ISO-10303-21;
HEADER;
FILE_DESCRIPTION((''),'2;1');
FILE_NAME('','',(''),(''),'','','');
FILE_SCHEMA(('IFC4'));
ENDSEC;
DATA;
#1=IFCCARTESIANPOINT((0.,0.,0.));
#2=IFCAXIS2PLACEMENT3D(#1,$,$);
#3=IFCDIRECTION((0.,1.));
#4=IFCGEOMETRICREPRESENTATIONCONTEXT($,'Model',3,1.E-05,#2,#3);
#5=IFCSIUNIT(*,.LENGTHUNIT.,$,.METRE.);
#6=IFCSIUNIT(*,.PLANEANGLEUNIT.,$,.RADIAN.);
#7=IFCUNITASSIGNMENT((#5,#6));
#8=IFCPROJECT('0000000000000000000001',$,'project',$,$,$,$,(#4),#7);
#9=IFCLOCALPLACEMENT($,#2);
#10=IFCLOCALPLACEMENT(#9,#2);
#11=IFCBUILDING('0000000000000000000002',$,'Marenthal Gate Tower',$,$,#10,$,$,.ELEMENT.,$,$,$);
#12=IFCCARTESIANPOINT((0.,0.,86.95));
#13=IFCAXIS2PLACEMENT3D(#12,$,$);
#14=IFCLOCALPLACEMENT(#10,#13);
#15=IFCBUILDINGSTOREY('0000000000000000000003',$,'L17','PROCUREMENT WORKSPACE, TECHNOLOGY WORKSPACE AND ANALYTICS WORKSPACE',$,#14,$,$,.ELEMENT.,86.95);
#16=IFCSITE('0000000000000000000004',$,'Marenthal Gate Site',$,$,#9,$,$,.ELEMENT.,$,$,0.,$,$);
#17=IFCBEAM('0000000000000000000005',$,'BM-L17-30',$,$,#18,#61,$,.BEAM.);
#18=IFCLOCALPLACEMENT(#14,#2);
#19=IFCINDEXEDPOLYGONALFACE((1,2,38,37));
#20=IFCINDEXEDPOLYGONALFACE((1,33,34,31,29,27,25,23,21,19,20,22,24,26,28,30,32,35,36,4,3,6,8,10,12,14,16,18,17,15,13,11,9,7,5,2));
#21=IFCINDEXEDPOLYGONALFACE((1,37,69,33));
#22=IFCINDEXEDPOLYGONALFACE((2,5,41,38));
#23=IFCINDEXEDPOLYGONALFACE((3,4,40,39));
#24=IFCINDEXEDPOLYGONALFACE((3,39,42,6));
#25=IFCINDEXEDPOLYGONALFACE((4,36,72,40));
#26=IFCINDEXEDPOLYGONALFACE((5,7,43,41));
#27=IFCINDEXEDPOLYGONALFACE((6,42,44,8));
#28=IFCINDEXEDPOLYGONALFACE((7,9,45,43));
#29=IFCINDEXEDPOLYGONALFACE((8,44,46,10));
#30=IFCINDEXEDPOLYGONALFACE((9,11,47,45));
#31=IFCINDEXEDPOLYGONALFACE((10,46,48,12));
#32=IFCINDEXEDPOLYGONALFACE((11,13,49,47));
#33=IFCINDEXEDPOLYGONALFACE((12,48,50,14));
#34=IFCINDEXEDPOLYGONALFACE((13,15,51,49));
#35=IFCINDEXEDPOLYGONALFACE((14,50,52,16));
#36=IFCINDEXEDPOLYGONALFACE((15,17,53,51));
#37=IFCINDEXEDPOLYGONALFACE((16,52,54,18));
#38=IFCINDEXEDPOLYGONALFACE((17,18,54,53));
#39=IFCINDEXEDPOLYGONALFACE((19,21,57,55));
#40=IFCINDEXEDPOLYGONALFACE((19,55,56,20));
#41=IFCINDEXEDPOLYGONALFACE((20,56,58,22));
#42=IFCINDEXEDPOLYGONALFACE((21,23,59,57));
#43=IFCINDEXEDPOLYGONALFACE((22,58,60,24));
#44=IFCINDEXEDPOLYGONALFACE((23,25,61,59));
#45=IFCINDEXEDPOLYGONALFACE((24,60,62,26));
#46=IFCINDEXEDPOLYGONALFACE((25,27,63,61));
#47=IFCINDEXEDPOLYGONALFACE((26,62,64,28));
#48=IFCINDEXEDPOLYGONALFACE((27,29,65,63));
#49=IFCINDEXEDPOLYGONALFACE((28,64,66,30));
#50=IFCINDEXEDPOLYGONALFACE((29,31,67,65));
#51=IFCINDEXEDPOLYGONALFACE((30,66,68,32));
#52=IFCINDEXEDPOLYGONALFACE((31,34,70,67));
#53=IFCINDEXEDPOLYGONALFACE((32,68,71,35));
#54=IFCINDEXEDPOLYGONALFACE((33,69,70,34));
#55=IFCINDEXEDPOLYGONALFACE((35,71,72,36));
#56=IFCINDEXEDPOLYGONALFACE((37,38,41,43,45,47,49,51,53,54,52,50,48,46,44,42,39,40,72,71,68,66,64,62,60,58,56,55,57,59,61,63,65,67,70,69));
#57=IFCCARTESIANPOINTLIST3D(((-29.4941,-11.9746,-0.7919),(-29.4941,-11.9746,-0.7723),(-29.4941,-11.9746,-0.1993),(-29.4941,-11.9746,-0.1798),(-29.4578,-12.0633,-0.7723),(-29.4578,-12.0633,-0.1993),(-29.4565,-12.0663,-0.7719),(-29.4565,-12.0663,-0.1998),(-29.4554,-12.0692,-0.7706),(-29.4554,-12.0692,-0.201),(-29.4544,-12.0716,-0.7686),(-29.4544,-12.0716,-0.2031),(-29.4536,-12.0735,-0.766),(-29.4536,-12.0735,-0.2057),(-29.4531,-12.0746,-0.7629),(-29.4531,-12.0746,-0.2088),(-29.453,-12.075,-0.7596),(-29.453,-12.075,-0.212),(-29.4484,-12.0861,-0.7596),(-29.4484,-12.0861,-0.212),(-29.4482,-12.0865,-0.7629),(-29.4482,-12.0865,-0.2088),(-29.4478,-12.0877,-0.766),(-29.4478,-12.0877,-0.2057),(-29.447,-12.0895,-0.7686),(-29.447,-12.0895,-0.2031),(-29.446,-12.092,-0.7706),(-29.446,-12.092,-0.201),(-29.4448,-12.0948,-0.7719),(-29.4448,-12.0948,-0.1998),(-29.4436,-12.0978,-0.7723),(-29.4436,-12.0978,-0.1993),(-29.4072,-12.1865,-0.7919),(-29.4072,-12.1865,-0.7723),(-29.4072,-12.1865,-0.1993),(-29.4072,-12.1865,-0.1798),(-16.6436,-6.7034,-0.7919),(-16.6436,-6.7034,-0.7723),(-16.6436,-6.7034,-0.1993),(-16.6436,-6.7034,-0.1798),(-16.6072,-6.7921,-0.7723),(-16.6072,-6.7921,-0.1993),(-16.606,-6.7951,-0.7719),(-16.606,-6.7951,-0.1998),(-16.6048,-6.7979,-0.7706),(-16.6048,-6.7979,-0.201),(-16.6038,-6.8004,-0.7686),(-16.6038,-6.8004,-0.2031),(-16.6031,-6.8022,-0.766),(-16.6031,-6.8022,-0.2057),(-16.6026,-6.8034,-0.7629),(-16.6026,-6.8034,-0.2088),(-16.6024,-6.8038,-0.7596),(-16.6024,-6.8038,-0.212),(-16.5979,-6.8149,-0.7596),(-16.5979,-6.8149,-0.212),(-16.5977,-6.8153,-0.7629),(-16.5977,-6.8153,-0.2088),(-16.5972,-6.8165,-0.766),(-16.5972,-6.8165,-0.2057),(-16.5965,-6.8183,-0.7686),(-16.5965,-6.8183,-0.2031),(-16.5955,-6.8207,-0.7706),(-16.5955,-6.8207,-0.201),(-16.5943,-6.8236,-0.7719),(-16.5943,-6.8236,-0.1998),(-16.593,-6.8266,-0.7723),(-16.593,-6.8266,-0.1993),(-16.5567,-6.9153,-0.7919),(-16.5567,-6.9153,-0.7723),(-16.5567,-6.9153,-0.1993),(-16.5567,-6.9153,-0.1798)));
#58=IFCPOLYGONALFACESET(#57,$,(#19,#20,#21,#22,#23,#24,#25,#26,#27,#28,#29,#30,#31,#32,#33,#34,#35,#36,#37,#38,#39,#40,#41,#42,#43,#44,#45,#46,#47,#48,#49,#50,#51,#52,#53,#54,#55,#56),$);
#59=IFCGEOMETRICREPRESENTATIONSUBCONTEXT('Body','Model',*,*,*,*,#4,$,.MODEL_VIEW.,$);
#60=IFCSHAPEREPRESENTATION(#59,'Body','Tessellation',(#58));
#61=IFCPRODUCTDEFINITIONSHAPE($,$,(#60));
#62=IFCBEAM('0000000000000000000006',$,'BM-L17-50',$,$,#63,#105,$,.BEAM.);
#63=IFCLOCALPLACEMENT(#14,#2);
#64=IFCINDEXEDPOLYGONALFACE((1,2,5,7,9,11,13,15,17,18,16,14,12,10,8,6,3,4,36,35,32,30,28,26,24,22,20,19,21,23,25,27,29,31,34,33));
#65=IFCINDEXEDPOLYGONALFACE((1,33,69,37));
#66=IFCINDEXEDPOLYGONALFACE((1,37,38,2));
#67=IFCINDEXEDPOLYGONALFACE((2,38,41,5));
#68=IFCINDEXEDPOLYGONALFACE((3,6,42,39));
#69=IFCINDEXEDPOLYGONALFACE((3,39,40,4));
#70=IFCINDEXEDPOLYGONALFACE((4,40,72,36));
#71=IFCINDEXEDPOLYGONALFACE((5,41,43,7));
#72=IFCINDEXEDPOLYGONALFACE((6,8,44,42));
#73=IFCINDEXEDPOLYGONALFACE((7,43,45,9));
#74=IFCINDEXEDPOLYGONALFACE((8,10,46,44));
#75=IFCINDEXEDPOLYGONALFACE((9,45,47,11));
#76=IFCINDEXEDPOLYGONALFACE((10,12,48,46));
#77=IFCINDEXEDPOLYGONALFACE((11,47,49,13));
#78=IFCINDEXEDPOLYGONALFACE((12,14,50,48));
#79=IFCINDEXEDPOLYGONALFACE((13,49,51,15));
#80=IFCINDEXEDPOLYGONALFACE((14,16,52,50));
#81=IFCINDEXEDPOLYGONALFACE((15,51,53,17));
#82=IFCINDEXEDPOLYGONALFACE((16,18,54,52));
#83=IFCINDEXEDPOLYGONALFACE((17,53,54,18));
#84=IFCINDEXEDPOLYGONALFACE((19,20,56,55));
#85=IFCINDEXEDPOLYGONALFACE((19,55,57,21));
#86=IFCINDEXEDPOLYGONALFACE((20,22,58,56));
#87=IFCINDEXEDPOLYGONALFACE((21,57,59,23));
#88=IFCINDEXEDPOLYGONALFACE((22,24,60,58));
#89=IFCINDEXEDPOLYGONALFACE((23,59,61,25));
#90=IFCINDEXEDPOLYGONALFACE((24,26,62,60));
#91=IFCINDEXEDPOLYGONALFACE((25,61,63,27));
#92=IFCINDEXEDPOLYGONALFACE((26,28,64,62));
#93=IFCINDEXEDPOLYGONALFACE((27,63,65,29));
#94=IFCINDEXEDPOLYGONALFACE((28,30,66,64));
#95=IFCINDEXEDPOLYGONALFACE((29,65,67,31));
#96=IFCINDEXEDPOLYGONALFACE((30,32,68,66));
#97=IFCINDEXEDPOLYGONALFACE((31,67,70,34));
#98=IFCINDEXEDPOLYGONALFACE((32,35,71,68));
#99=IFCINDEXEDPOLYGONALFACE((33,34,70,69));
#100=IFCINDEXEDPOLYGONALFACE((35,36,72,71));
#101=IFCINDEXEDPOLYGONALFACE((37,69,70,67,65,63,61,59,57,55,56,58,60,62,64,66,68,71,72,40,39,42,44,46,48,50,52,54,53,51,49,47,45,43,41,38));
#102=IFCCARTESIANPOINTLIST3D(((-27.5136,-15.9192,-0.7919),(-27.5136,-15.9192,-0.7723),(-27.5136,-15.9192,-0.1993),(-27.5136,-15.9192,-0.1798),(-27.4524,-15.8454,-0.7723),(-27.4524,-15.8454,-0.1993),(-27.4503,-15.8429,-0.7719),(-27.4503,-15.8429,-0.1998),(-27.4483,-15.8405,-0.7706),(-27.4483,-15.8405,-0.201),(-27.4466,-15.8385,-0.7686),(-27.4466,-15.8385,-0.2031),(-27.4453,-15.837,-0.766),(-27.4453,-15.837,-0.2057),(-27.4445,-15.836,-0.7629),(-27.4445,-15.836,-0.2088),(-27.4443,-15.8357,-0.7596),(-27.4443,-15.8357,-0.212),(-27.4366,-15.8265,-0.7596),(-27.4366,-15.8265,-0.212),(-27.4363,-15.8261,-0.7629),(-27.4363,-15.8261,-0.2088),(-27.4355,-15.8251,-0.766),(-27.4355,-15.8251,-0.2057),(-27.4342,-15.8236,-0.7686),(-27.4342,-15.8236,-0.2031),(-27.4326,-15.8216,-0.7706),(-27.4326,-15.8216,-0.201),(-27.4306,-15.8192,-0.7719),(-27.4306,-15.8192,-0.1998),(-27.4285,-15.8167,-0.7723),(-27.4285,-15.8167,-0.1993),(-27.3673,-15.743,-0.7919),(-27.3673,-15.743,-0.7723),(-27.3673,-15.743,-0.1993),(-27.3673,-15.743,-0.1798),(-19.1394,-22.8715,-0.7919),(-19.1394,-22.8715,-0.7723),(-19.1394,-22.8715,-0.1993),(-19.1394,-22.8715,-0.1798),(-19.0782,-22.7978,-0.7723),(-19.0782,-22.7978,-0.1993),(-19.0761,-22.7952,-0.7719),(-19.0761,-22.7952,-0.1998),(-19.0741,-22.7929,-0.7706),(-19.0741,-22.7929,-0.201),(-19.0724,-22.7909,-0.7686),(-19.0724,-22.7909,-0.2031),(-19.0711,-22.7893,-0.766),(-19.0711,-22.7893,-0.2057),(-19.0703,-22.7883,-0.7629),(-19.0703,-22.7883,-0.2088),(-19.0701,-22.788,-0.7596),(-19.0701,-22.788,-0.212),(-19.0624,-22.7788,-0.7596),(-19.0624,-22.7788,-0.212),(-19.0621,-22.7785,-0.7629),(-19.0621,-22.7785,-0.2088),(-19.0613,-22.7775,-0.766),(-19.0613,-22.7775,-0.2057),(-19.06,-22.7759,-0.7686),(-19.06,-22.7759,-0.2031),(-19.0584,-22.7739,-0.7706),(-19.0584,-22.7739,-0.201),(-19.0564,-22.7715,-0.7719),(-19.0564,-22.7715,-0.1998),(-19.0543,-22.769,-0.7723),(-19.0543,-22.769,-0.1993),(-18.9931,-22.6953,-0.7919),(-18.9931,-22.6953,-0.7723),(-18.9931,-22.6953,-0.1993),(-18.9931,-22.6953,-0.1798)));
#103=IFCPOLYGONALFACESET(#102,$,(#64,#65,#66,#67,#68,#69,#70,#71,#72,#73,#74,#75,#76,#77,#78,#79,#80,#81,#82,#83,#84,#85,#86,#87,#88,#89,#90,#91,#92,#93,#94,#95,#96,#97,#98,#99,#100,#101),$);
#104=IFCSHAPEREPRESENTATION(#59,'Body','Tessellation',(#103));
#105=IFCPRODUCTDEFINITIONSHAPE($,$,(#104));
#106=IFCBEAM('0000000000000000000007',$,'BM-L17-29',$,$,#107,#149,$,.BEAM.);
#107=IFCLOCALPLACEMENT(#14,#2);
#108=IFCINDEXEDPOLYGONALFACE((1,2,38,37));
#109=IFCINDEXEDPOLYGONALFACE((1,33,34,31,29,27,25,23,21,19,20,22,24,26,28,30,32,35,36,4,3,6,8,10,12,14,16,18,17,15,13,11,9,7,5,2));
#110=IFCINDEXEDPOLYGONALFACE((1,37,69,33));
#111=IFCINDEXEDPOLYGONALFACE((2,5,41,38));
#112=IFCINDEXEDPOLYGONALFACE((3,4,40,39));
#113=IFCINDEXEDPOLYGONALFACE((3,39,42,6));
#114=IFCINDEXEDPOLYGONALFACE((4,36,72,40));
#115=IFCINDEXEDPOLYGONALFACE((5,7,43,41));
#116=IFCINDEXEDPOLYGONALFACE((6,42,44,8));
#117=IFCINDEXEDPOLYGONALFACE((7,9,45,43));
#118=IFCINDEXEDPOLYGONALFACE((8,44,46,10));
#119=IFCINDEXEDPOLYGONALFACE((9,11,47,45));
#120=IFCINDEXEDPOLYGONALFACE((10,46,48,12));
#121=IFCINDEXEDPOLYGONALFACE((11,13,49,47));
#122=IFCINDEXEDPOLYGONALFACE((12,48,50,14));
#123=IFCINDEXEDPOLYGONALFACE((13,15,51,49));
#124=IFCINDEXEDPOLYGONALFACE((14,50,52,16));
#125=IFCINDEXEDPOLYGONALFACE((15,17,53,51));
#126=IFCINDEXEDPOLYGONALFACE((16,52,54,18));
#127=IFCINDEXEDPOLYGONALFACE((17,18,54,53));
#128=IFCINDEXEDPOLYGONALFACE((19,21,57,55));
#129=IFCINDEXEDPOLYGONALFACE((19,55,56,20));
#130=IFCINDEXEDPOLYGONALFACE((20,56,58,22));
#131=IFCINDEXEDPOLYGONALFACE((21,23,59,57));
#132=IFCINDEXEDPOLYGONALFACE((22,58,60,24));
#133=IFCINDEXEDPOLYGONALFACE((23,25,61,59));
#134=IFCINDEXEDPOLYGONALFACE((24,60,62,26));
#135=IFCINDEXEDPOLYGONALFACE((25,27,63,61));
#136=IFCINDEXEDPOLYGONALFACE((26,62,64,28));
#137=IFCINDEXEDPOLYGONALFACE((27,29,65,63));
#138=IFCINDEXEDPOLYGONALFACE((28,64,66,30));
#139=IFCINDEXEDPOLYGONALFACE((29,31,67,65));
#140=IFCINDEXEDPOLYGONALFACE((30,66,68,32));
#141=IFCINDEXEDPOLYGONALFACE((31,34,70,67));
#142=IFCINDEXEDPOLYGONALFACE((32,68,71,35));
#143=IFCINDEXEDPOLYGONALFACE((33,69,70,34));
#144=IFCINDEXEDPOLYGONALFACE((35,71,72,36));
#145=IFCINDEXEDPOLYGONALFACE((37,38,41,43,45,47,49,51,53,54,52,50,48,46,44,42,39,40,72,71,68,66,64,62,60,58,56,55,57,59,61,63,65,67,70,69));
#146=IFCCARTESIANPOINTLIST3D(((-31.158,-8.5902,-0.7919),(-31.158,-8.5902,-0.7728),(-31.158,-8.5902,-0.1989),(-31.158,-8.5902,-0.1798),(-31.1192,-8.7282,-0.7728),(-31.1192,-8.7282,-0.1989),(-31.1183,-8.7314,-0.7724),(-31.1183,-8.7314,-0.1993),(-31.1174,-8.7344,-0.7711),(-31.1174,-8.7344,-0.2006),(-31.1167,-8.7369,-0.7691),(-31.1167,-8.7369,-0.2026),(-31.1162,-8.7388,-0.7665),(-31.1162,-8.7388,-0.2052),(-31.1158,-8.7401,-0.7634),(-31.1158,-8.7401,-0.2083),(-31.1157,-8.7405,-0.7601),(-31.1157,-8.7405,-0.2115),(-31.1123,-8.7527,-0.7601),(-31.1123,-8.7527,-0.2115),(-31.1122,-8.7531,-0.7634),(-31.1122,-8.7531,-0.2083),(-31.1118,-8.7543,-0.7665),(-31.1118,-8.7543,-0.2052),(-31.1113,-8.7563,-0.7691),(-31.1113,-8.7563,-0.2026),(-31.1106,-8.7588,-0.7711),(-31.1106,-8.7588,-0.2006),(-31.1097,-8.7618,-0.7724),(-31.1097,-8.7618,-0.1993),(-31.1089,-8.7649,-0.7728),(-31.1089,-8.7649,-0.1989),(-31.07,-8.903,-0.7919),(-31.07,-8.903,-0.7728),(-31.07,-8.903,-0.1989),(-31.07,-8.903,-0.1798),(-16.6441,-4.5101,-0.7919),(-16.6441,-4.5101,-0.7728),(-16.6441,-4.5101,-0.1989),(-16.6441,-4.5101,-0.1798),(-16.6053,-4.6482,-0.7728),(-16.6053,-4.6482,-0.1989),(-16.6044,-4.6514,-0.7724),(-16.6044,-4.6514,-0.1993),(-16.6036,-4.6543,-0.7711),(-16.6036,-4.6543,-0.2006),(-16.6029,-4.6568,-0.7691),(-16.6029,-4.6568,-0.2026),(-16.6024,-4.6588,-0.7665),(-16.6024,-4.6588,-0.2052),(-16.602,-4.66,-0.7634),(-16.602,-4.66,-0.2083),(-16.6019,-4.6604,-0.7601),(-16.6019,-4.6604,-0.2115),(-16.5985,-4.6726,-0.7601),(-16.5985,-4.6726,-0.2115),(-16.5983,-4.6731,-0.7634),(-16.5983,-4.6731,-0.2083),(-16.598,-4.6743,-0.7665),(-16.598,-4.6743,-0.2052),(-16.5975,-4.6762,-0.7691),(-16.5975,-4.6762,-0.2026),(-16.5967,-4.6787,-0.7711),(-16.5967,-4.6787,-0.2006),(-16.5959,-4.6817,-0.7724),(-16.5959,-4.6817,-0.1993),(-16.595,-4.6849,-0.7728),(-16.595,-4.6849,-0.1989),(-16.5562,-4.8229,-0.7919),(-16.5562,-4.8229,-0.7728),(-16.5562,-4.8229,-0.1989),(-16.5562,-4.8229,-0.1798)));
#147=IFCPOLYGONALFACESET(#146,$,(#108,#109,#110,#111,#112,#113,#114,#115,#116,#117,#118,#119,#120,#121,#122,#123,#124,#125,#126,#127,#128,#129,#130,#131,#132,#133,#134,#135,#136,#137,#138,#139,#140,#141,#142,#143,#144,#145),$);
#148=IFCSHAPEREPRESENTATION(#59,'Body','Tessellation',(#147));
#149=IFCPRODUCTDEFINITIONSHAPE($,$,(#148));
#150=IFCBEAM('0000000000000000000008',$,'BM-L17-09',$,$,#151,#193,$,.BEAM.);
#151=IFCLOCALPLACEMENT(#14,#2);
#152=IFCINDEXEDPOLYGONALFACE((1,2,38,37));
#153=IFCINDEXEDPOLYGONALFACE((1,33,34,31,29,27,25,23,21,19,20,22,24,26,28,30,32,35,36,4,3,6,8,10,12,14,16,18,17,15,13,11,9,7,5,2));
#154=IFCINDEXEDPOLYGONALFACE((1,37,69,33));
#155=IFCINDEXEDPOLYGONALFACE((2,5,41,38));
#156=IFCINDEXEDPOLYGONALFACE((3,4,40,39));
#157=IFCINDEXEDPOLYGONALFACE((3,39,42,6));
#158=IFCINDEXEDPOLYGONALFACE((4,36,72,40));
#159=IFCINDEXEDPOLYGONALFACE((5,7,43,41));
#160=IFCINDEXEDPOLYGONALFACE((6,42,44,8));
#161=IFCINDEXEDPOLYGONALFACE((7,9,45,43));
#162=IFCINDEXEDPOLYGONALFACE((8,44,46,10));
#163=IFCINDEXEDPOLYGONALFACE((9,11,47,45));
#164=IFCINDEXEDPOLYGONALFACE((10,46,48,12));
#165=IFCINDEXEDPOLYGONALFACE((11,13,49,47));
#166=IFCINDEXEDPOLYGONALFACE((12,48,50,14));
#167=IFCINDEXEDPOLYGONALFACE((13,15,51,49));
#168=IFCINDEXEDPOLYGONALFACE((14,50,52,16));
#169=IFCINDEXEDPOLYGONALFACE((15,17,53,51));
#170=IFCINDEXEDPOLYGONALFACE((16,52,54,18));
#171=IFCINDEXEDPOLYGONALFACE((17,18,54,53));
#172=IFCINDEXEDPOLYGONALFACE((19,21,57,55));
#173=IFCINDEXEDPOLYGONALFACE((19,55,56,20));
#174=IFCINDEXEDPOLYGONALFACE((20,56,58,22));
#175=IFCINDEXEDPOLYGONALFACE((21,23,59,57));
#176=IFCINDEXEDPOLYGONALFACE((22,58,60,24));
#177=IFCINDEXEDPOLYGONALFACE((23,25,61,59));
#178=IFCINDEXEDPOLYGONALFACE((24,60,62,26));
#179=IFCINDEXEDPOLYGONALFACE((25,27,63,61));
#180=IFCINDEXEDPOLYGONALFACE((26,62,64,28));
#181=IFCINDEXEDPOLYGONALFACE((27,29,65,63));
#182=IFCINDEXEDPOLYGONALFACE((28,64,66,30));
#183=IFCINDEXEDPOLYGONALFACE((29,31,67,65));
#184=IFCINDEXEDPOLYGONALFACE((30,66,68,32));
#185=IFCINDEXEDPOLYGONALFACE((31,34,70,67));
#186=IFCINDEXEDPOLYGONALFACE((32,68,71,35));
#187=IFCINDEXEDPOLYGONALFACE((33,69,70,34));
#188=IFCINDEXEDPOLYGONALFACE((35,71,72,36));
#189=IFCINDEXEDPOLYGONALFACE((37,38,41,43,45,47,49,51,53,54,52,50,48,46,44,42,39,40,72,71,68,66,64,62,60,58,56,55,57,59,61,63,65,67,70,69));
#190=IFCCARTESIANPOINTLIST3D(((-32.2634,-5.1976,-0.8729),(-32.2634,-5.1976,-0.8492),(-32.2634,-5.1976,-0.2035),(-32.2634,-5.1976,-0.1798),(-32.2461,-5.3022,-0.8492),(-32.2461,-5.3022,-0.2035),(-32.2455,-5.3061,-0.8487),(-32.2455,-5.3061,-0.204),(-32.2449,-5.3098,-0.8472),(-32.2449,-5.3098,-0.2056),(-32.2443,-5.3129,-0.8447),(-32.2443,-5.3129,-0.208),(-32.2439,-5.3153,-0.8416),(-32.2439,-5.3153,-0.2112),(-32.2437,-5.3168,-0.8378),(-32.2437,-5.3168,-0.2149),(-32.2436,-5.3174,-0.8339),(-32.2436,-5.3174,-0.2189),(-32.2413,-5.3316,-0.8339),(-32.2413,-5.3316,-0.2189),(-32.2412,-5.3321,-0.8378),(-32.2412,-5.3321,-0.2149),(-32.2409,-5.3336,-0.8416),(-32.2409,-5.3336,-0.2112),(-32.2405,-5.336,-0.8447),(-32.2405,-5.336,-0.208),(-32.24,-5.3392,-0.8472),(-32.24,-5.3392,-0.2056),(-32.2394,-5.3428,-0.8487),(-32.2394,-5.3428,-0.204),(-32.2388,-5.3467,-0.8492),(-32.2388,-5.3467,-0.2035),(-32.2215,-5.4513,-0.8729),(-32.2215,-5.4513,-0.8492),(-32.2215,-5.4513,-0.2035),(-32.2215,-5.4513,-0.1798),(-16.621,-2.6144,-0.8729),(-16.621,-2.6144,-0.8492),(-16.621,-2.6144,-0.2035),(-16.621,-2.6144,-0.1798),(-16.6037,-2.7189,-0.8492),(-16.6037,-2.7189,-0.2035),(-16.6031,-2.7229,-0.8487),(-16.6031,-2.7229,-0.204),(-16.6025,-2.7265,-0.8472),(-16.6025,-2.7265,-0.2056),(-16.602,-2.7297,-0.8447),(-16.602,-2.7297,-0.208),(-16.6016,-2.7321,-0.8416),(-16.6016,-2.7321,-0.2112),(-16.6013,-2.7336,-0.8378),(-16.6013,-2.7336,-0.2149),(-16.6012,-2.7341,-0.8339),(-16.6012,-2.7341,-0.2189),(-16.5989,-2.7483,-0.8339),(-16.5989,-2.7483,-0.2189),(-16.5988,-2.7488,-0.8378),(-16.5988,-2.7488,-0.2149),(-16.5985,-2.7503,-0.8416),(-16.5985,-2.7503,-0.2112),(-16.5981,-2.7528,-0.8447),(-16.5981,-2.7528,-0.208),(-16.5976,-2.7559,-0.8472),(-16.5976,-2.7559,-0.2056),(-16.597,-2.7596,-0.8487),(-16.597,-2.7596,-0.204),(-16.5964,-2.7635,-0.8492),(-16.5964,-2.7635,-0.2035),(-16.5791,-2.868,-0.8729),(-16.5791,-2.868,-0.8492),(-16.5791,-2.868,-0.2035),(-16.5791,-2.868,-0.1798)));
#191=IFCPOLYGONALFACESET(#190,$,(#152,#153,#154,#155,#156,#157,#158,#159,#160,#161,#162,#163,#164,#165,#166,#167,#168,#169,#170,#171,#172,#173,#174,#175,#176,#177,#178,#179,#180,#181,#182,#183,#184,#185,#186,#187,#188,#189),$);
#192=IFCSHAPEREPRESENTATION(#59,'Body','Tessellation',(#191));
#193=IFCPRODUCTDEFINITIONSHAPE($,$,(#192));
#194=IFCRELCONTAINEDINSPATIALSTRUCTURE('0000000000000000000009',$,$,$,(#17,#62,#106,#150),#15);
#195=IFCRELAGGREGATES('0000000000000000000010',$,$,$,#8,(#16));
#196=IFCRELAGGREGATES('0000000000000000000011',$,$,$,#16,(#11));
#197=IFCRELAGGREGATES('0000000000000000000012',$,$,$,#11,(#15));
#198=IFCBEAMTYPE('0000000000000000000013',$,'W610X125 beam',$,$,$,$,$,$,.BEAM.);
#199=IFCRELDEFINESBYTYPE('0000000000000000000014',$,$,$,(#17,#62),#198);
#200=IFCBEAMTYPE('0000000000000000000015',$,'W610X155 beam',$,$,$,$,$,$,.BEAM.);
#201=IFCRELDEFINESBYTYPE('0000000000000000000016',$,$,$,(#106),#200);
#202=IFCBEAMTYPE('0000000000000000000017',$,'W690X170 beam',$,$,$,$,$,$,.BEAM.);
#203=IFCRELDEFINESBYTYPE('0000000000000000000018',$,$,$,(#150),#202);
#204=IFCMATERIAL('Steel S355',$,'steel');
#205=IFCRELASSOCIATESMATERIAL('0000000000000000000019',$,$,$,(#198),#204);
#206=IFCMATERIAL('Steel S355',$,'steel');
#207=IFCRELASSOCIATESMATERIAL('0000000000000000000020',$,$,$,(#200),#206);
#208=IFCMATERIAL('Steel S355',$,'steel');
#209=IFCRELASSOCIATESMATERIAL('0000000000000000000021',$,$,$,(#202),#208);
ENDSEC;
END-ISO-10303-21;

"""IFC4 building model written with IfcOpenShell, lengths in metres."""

from ifc_helpers import new_model, si_unit, direction, frame, origin, origin_2d, place, context, subcontext, project, spatial, i_section, extrude, material, material_profile, profile_set, type_object, element, save


model = new_model("IFC4")

# Units and contexts
model_context = context("Model", 3, precision=1e-05, world=origin(), true_north=direction((0.0, 1.0)))
body_context = subcontext(model_context, "Body", "Model", "MODEL_VIEW")
ifc_project = project(units=[si_unit("LENGTHUNIT", "METRE"), si_unit("PLANEANGLEUNIT", "RADIAN")], contexts=[model_context])

# Site, building, storey
site_placement = place(None, origin())
site = spatial("IfcSite", under=ifc_project, at=site_placement, Name="Marenthal Gate Site", CompositionType="ELEMENT", RefElevation=0.0)
building_placement = place(site_placement, origin())
building = spatial("IfcBuilding", under=site, at=building_placement, Name="Marenthal Gate Tower", CompositionType="ELEMENT")
storey_placement = place(building_placement, frame((0.0, 0.0, 86.95)))
storey = spatial("IfcBuildingStorey", under=building, at=storey_placement, Name="L17", Description="PROCUREMENT WORKSPACE, TECHNOLOGY WORKSPACE AND ANALYTICS WORKSPACE", CompositionType="ELEMENT", Elevation=86.95)

# Beams
ifc_material_1 = material(Name="Steel S355", Category="steel")
ifc_material_profile_1 = material_profile(ifc_material_1, i_section(OverallWidth=0.229, OverallDepth=0.6121, WebThickness=0.012, FlangeThickness=0.0195, FilletRadius=0.0127, at=origin_2d()), Name="W610X125")
ifc_profile_set_1 = profile_set([ifc_material_profile_1], Name="Steel S355")
beam_type_1 = type_object("IfcBeamType", Name="W610X125 beam", PredefinedType="BEAM", material=ifc_profile_set_1)
beam_1_placement = place(storey_placement, frame((-29.4507, -12.0806, -0.4858), z_axis=(0.925189, 0.379507, 0.0), x_axis=(-0.379507, 0.925189, 0.0)))
element("IfcBeam", 1, at=beam_1_placement, inside=storey, type_object=beam_type_1, Name="BM-L17-30", PredefinedType="BEAM", context=body_context, shape_type="SweptSolid", body=[
    extrude(i_section(OverallWidth=0.229, OverallDepth=0.6121, WebThickness=0.012, FlangeThickness=0.0195, FilletRadius=0.0127, at=origin_2d()), origin(), (0.0, 0.0, 1.0), 13.8896),
])
beam_2_placement = place(storey_placement, frame((-27.4404, -15.8311, -0.4858), z_axis=(0.769402, -0.638765, 0.0), x_axis=(0.638765, 0.769402, 0.0)))
element("IfcBeam", 2, at=beam_2_placement, inside=storey, type_object=beam_type_1, Name="BM-L17-50", PredefinedType="BEAM", context=body_context, shape_type="SweptSolid", body=[
    extrude(i_section(OverallWidth=0.229, OverallDepth=0.6121, WebThickness=0.012, FlangeThickness=0.0195, FilletRadius=0.0127, at=origin_2d()), origin(), (0.0, 0.0, 1.0), 10.884),
])
ifc_material_2 = material(Name="Steel S355", Category="steel")
ifc_material_profile_2 = material_profile(ifc_material_2, i_section(OverallWidth=0.325, OverallDepth=0.6121, WebThickness=0.0127, FlangeThickness=0.019, FilletRadius=0.0127, at=origin_2d()), Name="W610X155")
ifc_profile_set_2 = profile_set([ifc_material_profile_2], Name="Steel S355")
beam_type_2 = type_object("IfcBeamType", Name="W610X155 beam", PredefinedType="BEAM", material=ifc_profile_set_2)
beam_3_placement = place(storey_placement, frame((-31.114, -8.7466, -0.4858), z_axis=(0.962685, 0.270625, 0.0), x_axis=(-0.270625, 0.962685, 0.0)))
element("IfcBeam", 3, at=beam_3_placement, inside=storey, type_object=beam_type_2, Name="BM-L17-29", PredefinedType="BEAM", context=body_context, shape_type="SweptSolid", body=[
    extrude(i_section(OverallWidth=0.325, OverallDepth=0.6121, WebThickness=0.0127, FlangeThickness=0.019, FilletRadius=0.0127, at=origin_2d()), origin(), (0.0, 0.0, 1.0), 15.0764),
])
ifc_material_3 = material(Name="Steel S355", Category="steel")
ifc_material_profile_3 = material_profile(ifc_material_3, i_section(OverallWidth=0.2571, OverallDepth=0.6931, WebThickness=0.0144, FlangeThickness=0.0237, FilletRadius=0.0154, at=origin_2d()), Name="W690X170")
ifc_profile_set_3 = profile_set([ifc_material_profile_3], Name="Steel S355")
beam_type_3 = type_object("IfcBeamType", Name="W690X170 beam", PredefinedType="BEAM", material=ifc_profile_set_3)
beam_4_placement = place(storey_placement, frame((-32.2424, -5.3245, -0.5264), z_axis=(0.986636, 0.162938, 0.0), x_axis=(-0.162938, 0.986636, 0.0)))
element("IfcBeam", 4, at=beam_4_placement, inside=storey, type_object=beam_type_3, Name="BM-L17-09", PredefinedType="BEAM", context=body_context, shape_type="SweptSolid", body=[
    extrude(i_section(OverallWidth=0.2571, OverallDepth=0.6931, WebThickness=0.0144, FlangeThickness=0.0237, FilletRadius=0.0154, at=origin_2d()), origin(), (0.0, 0.0, 1.0), 15.8542),
])

save(model, "model.ifc")
